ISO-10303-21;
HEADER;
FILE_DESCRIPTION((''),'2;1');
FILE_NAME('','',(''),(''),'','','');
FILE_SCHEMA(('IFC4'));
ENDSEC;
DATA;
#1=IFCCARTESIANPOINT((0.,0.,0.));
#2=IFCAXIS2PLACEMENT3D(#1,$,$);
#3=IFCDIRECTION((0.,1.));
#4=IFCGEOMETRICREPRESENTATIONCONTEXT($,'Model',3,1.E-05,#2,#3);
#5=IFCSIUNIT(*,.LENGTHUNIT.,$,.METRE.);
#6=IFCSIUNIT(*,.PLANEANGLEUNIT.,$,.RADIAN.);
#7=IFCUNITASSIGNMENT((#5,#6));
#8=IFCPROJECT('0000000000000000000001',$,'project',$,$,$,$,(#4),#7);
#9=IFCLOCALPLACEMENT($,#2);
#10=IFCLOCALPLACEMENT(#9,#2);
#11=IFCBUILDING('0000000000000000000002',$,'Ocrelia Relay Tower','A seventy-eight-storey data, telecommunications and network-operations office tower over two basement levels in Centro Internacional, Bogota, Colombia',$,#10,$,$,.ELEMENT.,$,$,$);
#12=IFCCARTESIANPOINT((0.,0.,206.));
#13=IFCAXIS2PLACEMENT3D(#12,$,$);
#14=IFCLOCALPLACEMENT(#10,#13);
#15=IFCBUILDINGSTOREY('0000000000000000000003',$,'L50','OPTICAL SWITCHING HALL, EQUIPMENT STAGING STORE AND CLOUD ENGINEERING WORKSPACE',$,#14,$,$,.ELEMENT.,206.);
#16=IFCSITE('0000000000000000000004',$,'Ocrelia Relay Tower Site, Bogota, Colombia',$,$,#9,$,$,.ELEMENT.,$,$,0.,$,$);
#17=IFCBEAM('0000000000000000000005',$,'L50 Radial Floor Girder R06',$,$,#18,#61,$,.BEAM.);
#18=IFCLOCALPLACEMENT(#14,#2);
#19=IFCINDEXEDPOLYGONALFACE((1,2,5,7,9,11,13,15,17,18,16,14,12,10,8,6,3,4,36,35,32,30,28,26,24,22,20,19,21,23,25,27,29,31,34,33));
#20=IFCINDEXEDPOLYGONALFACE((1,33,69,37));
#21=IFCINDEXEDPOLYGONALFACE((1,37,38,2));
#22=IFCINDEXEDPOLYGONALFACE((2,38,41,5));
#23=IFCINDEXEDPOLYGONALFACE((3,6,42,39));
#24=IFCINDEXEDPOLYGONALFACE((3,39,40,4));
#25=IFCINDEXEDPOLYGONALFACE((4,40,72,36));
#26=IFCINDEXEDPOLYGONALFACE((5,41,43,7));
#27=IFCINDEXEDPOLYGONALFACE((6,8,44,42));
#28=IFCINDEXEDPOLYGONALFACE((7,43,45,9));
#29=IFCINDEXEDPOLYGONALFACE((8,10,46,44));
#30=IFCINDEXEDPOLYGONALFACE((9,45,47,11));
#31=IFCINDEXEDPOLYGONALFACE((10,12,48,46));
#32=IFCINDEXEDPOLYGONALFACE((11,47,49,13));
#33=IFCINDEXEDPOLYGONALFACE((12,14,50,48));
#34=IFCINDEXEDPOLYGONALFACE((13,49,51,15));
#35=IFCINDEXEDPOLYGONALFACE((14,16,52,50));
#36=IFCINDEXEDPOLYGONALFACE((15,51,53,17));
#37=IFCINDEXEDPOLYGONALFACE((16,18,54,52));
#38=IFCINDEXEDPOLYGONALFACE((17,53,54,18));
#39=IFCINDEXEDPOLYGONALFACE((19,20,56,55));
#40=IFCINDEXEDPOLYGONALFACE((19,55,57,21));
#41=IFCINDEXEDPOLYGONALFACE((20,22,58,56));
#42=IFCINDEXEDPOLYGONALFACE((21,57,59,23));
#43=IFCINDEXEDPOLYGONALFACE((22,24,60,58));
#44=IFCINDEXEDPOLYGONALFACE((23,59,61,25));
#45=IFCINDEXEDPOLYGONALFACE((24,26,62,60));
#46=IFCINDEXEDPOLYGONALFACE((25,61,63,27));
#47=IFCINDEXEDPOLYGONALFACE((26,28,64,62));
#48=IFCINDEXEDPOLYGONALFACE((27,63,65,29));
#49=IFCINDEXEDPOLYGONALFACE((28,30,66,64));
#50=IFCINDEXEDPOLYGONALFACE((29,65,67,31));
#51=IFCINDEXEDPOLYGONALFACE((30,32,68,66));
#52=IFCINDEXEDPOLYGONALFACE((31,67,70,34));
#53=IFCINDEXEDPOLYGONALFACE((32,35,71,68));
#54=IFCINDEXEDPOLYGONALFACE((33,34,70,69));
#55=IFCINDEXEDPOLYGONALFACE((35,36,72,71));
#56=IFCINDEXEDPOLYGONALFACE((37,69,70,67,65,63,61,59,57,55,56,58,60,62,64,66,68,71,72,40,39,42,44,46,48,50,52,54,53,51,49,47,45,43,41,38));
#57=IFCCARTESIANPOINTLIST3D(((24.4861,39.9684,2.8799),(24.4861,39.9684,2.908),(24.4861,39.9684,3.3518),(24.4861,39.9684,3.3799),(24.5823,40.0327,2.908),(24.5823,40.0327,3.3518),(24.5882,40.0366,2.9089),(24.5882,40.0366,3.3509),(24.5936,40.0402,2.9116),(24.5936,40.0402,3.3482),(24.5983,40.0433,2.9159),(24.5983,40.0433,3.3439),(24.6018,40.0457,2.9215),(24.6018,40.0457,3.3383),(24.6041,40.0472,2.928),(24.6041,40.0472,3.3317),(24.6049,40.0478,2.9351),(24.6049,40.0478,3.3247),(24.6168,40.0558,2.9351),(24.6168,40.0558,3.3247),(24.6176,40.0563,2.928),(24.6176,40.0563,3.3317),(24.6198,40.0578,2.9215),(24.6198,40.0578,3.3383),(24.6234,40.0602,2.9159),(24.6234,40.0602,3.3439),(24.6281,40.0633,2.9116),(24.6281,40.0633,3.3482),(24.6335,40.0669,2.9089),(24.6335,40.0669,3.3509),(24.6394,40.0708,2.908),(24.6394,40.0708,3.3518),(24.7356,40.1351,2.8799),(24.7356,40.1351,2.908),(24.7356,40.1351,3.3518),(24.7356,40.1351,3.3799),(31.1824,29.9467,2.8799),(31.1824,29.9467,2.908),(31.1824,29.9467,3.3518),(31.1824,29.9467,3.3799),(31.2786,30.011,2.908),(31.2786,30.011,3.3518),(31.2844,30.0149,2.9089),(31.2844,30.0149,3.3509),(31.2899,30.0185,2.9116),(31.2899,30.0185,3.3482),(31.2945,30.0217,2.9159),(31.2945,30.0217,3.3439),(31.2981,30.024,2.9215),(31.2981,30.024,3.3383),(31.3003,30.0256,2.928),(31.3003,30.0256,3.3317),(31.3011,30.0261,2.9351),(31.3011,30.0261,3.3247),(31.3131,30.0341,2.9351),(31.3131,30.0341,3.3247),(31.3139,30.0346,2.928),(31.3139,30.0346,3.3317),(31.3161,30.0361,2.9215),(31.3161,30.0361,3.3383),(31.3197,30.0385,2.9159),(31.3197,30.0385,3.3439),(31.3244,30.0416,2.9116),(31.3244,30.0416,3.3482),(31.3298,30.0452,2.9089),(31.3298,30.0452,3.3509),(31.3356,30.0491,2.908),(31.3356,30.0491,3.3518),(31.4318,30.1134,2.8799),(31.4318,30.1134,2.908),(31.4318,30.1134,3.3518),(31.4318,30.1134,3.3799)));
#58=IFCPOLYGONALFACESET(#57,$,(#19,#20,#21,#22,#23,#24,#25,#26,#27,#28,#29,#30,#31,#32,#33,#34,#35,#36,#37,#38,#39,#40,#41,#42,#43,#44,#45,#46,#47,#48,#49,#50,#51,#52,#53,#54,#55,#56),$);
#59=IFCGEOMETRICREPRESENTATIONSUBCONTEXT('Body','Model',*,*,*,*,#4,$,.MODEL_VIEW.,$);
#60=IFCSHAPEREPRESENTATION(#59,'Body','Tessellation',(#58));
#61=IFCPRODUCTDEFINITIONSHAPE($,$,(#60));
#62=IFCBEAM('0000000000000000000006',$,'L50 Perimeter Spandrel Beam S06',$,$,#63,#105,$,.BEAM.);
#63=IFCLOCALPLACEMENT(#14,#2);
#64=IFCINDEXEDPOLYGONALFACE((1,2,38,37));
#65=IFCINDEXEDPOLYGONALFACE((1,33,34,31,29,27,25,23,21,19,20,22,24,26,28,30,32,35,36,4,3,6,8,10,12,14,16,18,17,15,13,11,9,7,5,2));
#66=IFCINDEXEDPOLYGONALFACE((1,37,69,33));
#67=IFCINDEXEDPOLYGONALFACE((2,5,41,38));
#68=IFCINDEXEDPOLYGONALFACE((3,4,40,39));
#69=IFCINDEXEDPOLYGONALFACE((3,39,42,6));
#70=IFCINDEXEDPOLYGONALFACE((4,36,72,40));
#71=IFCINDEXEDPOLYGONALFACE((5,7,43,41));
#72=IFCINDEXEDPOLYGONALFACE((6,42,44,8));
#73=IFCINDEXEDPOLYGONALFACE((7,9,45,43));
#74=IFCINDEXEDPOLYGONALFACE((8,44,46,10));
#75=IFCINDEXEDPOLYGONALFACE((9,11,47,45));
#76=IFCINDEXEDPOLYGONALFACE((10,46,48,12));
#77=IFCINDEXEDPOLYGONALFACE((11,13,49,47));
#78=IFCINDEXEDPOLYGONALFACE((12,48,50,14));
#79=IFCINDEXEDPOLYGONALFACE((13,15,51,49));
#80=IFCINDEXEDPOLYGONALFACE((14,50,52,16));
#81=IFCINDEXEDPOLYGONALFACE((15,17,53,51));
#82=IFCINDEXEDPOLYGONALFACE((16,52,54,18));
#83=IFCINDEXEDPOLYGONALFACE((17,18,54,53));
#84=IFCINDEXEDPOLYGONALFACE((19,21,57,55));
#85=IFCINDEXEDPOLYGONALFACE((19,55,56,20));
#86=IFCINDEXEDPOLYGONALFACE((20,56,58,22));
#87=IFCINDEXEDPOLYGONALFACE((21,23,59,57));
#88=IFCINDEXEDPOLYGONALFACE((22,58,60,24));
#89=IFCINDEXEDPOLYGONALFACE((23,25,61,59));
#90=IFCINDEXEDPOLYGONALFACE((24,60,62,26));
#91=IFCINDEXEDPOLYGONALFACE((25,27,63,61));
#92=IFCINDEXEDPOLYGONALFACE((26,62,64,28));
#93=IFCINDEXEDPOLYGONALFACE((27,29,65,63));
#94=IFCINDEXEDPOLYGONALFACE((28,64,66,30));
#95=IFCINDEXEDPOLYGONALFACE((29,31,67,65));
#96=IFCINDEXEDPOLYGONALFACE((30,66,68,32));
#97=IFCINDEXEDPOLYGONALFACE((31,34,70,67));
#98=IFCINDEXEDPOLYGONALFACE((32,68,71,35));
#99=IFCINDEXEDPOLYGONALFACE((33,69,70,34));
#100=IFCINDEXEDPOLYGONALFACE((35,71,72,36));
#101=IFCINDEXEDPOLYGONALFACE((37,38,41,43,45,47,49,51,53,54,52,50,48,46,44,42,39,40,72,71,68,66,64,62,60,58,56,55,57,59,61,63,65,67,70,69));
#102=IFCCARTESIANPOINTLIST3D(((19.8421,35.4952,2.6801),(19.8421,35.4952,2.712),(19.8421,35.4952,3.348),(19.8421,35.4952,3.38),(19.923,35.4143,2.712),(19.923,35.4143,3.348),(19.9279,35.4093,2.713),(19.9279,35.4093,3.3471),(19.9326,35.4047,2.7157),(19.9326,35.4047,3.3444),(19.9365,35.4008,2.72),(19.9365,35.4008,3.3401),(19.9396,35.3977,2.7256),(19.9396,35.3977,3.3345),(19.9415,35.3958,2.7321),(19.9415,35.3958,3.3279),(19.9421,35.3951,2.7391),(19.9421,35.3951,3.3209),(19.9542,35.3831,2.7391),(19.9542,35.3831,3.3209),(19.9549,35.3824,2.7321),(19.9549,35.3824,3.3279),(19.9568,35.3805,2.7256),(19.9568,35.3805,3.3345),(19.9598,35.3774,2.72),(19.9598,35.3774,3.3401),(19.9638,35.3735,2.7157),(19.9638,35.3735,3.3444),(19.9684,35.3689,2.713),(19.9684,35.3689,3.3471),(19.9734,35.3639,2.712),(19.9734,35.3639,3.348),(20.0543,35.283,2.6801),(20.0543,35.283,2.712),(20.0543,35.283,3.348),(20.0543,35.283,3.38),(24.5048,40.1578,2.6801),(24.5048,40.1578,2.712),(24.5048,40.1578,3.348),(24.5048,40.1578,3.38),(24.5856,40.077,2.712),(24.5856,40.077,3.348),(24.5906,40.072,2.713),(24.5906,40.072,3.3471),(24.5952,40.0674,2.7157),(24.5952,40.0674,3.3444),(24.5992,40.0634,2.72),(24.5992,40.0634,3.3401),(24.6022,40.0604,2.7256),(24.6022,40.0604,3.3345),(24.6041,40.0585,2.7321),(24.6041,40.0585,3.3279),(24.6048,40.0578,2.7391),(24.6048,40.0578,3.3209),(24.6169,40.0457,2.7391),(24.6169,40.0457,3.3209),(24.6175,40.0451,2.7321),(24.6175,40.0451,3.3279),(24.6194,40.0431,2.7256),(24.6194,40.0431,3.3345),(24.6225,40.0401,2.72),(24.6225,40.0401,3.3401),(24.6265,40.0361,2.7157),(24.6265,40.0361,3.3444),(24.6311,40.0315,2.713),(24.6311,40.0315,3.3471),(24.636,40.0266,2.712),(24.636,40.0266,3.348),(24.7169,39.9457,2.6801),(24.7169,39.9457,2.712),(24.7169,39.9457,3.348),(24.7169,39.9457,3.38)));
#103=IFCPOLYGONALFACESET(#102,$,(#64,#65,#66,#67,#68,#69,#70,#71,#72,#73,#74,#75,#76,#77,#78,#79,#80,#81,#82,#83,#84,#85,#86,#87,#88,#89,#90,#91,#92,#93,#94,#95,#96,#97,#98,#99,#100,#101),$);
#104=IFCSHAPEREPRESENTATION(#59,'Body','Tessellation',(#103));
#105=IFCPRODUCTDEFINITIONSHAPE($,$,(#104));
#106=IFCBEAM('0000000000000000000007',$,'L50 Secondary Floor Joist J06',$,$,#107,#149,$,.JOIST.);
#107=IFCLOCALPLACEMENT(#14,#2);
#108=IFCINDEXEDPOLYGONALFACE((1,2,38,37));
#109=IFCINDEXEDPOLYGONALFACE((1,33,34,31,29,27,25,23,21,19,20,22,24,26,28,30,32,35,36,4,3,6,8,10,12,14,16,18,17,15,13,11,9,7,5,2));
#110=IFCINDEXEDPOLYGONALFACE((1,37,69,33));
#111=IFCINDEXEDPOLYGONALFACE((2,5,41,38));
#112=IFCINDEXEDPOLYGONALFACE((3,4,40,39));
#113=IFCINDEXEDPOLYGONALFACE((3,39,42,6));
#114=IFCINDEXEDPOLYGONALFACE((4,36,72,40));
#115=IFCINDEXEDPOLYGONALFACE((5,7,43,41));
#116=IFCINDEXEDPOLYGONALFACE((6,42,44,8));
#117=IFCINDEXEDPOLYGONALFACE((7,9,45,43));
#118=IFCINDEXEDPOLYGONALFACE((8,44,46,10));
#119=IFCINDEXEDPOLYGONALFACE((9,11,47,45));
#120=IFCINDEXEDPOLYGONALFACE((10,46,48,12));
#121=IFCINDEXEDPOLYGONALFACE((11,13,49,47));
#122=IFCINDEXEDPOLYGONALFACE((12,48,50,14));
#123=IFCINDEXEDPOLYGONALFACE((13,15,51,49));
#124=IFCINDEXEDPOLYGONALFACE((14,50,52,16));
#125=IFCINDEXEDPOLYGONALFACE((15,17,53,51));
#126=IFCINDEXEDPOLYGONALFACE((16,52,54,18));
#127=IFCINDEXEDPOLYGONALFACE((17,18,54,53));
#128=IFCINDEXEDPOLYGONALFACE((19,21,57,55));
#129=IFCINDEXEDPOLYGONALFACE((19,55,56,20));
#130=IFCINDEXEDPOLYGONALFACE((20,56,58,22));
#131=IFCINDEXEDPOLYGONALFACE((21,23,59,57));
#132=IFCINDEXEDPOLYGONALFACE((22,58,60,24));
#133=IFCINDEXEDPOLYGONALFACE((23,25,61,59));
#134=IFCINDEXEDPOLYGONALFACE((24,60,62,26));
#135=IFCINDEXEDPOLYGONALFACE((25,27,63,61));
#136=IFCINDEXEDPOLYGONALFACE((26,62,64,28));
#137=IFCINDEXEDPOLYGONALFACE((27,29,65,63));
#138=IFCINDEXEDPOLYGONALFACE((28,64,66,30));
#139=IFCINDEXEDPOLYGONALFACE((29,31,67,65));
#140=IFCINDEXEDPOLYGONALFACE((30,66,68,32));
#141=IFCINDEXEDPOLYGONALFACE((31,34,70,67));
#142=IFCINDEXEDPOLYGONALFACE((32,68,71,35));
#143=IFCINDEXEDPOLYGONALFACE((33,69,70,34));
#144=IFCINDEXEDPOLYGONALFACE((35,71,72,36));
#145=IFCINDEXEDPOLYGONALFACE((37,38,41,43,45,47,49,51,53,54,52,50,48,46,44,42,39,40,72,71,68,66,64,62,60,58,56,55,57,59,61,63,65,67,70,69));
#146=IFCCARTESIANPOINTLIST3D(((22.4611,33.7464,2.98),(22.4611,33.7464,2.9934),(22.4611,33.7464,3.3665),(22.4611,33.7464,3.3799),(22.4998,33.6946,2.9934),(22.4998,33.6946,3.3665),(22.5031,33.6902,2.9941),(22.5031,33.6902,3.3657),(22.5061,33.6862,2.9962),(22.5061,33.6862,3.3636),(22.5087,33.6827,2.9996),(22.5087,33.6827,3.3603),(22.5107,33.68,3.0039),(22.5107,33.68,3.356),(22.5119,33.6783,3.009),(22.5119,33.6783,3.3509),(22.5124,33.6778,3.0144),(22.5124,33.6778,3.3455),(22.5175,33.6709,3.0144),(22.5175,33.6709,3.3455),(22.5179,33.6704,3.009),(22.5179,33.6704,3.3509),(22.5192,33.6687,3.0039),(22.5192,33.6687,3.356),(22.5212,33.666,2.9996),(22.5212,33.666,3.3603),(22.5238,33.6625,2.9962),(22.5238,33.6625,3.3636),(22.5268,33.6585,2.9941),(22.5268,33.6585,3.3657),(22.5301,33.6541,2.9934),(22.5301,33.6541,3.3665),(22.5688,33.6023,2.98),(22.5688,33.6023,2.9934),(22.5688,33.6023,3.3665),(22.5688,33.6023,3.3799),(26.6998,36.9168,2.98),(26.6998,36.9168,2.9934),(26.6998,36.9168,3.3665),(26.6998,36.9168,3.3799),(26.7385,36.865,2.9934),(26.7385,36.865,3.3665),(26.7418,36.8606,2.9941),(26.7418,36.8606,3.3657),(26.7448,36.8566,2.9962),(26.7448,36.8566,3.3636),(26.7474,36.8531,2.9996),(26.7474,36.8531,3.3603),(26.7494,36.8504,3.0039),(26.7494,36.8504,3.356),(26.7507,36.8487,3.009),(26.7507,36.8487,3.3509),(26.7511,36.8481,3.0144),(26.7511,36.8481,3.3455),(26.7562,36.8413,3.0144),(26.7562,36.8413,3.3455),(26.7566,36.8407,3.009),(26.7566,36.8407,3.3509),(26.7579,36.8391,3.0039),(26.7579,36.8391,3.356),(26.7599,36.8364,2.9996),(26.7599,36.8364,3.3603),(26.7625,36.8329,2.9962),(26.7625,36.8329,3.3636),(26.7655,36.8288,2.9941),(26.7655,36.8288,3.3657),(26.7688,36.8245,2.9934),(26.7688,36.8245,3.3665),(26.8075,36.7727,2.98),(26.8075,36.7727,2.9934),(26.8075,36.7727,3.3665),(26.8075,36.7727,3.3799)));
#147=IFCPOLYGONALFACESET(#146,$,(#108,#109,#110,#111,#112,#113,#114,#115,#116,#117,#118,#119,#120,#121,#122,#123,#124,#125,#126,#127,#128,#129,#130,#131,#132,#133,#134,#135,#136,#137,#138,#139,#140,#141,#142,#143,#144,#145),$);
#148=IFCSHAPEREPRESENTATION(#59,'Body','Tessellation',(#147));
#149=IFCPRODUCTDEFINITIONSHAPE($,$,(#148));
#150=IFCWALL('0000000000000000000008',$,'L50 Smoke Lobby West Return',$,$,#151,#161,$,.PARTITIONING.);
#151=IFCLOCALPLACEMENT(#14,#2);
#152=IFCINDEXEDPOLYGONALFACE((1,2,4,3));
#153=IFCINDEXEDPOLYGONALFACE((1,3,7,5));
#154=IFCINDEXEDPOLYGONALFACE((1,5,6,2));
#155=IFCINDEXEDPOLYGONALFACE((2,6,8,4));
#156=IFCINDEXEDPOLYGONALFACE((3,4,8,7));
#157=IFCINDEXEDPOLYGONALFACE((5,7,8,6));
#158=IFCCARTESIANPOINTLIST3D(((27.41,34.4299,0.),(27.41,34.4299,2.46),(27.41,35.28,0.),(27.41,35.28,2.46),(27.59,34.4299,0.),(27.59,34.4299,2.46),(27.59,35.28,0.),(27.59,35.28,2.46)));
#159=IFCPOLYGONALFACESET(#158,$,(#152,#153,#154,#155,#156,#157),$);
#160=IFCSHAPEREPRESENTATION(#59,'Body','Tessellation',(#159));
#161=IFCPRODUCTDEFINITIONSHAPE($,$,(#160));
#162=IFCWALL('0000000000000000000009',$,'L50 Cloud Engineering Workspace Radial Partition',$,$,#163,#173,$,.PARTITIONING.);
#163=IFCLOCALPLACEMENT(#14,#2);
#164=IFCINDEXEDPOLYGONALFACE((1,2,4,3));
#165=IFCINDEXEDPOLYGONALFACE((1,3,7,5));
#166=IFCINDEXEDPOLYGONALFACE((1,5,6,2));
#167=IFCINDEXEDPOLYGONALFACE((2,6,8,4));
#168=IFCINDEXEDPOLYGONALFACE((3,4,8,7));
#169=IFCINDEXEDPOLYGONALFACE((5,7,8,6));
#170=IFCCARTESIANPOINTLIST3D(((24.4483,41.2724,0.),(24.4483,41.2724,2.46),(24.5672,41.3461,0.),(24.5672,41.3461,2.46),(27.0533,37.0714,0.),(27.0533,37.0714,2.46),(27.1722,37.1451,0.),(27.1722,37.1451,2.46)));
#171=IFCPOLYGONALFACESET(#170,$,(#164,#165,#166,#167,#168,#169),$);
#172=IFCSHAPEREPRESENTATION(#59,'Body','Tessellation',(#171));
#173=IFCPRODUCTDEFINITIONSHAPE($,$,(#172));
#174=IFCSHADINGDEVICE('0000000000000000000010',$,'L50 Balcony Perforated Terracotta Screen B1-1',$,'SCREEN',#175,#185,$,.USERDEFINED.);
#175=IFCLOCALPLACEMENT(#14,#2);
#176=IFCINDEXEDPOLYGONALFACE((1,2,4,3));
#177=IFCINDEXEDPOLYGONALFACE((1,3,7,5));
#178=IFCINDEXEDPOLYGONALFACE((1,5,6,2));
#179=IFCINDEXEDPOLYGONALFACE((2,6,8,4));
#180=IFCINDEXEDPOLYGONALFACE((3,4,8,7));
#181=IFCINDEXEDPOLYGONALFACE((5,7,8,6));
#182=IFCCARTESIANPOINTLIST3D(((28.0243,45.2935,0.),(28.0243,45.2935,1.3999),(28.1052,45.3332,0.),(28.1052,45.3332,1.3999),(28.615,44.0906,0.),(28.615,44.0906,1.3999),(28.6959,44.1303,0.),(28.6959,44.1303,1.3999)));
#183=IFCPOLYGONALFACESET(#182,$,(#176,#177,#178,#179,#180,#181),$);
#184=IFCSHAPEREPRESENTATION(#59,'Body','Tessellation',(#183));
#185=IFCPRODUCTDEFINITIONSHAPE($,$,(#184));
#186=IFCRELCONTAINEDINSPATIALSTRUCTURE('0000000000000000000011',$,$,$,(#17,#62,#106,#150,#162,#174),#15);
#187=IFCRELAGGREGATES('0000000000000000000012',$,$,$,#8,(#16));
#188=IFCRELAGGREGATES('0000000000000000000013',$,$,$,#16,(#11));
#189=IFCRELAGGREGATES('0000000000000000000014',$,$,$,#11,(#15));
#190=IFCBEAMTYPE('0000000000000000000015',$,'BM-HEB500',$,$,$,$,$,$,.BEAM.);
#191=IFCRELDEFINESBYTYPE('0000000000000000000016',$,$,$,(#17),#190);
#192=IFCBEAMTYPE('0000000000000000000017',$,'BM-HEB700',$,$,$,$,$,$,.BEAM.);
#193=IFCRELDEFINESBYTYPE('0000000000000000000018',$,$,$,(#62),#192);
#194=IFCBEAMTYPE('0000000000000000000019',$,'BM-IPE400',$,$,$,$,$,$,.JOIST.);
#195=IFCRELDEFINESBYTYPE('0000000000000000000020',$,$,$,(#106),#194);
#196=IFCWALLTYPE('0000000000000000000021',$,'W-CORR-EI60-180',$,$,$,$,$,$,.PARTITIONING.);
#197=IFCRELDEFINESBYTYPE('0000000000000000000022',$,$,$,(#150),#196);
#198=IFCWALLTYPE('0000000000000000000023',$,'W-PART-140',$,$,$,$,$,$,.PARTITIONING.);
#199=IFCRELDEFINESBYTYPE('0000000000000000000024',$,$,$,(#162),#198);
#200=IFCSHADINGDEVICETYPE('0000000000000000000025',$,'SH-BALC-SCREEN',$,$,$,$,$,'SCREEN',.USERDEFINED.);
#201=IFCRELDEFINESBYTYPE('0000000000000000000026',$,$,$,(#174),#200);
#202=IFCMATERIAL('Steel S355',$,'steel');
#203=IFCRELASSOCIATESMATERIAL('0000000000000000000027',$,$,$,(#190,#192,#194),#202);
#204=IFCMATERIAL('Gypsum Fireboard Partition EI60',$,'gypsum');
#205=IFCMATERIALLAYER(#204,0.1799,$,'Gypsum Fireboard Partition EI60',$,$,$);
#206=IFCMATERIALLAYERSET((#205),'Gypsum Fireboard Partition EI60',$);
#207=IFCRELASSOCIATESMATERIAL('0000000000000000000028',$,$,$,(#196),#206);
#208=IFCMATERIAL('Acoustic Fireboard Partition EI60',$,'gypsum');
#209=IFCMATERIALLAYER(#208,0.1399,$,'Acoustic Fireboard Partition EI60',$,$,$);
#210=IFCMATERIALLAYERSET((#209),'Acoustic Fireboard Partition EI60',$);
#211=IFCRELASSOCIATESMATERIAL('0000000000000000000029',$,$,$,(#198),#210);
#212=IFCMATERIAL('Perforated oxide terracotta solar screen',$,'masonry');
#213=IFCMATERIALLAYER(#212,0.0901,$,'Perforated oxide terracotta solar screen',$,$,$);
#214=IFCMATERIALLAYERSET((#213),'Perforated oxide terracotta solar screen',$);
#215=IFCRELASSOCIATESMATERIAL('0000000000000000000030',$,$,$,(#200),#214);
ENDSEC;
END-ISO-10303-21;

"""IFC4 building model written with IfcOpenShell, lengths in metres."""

from ifc_helpers import new_model, si_unit, direction, frame, frame_2d, origin, origin_2d, place, context, subcontext, project, spatial, rectangle, i_section, extrude, material, layer, layer_set, material_profile, profile_set, type_object, element, save


model = new_model("IFC4")

# Units and contexts
model_context = context("Model", 3, precision=1e-05, world=origin(), true_north=direction((0.0, 1.0)))
body_context = subcontext(model_context, "Body", "Model", "MODEL_VIEW")
ifc_project = project(units=[si_unit("LENGTHUNIT", "METRE"), si_unit("PLANEANGLEUNIT", "RADIAN")], contexts=[model_context])

# Site, building, storey
site_placement = place(None, origin())
site = spatial("IfcSite", under=ifc_project, at=site_placement, Name="Ocrelia Relay Tower Site, Bogota, Colombia", CompositionType="ELEMENT", RefElevation=0.0)
building_placement = place(site_placement, origin())
building = spatial("IfcBuilding", under=site, at=building_placement, Name="Ocrelia Relay Tower", Description="A seventy-eight-storey data, telecommunications and network-operations office tower over two basement levels in Centro Internacional, Bogota, Colombia", CompositionType="ELEMENT")
storey_placement = place(building_placement, frame((0.0, 0.0, 206.0)))
storey = spatial("IfcBuildingStorey", under=building, at=storey_placement, Name="L50", Description="OPTICAL SWITCHING HALL, EQUIPMENT STAGING STORE AND CLOUD ENGINEERING WORKSPACE", CompositionType="ELEMENT", Elevation=206.0)

# Beams
ifc_material_1 = material(Name="Steel S355", Category="steel")
ifc_material_profile_1 = material_profile(ifc_material_1, i_section(OverallWidth=0.3, OverallDepth=0.5, WebThickness=0.0144, FlangeThickness=0.0281, FilletRadius=0.0271, at=origin_2d()), Name="HEB 500")
ifc_profile_set_1 = profile_set([ifc_material_profile_1], Name="Steel S355")
beam_type_1 = type_object("IfcBeamType", Name="BM-HEB500", PredefinedType="BEAM", material=ifc_profile_set_1)
beam_1_placement = place(storey_placement, frame((24.6108, 40.0518, 3.1299), z_axis=(0.555569, -0.83147, 0.0), x_axis=(0.83147, 0.555569, 0.0)))
element("IfcBeam", 1, at=beam_1_placement, inside=storey, type_object=beam_type_1, Name="L50 Radial Floor Girder R06", PredefinedType="BEAM", context=body_context, shape_type="SweptSolid", body=[
    extrude(i_section(OverallWidth=0.3, OverallDepth=0.5, WebThickness=0.0144, FlangeThickness=0.0281, FilletRadius=0.0271, at=origin_2d()), origin(), (0.0, 0.0, 1.0), 12.053),
])
ifc_material_profile_2 = material_profile(ifc_material_1, i_section(OverallWidth=0.3, OverallDepth=0.7, WebThickness=0.0171, FlangeThickness=0.032, FilletRadius=0.0271, at=origin_2d()), Name="HEB 700")
ifc_profile_set_2 = profile_set([ifc_material_profile_2], Name="Steel S355")
beam_type_2 = type_object("IfcBeamType", Name="BM-HEB700", PredefinedType="BEAM", material=ifc_profile_set_2)
beam_2_placement = place(storey_placement, frame((24.6108, 40.0518, 3.03), z_axis=(-0.707107, -0.707107, 0.0), x_axis=(0.707107, -0.707107, 0.0)))
element("IfcBeam", 2, at=beam_2_placement, inside=storey, type_object=beam_type_2, Name="L50 Perimeter Spandrel Beam S06", PredefinedType="BEAM", context=body_context, shape_type="SweptSolid", body=[
    extrude(i_section(OverallWidth=0.3, OverallDepth=0.7, WebThickness=0.0171, FlangeThickness=0.032, FilletRadius=0.0271, at=origin_2d()), origin(), (0.0, 0.0, 1.0), 6.594),
])
ifc_material_profile_3 = material_profile(ifc_material_1, i_section(OverallWidth=0.1799, OverallDepth=0.3999, WebThickness=0.0085, FlangeThickness=0.0134, FilletRadius=0.021, at=origin_2d()), Name="IPE 400")
ifc_profile_set_3 = profile_set([ifc_material_profile_3], Name="Steel S355")
beam_type_3 = type_object("IfcBeamType", Name="BM-IPE400", PredefinedType="JOIST", material=ifc_profile_set_3)
beam_3_placement = place(storey_placement, frame((26.7537, 36.8447, 3.1799), z_axis=(-0.800785, -0.598952, 0.0), x_axis=(0.598952, -0.800785, 0.0)))
element("IfcBeam", 3, at=beam_3_placement, inside=storey, type_object=beam_type_3, Name="L50 Secondary Floor Joist J06", PredefinedType="JOIST", context=body_context, shape_type="SweptSolid", body=[
    extrude(i_section(OverallWidth=0.1799, OverallDepth=0.3999, WebThickness=0.0085, FlangeThickness=0.0134, FilletRadius=0.021, at=origin_2d()), origin(), (0.0, 0.0, 1.0), 5.2932),
])

# Wall
ifc_material_2 = material(Name="Gypsum Fireboard Partition EI60", Category="gypsum")
ifc_layer_1 = layer(ifc_material_2, 0.1799, Name="Gypsum Fireboard Partition EI60")
ifc_layer_set_1 = layer_set([ifc_layer_1], Name="Gypsum Fireboard Partition EI60")
wall_type_1 = type_object("IfcWallType", Name="W-CORR-EI60-180", PredefinedType="PARTITIONING", material=ifc_layer_set_1)
wall_1_placement = place(storey_placement, frame((27.5, 34.4299, 0.0), z_axis=(0.0, 0.0, 1.0), x_axis=(0.0, 1.0, 0.0)))
element("IfcWall", 4, at=wall_1_placement, inside=storey, type_object=wall_type_1, Name="L50 Smoke Lobby West Return", PredefinedType="PARTITIONING", context=body_context, shape_type="SweptSolid", body=[
    extrude(rectangle(XDim=0.8501, YDim=0.1799, at=frame_2d((0.425, 0.0))), origin(), (0.0, 0.0, 1.0), 2.46),
])

# Wall
ifc_material_3 = material(Name="Acoustic Fireboard Partition EI60", Category="gypsum")
ifc_layer_2 = layer(ifc_material_3, 0.1399, Name="Acoustic Fireboard Partition EI60")
ifc_layer_set_2 = layer_set([ifc_layer_2], Name="Acoustic Fireboard Partition EI60")
wall_type_2 = type_object("IfcWallType", Name="W-PART-140", PredefinedType="PARTITIONING", material=ifc_layer_set_2)
wall_2_placement = place(storey_placement, frame((27.1128, 37.1082, 0.0), z_axis=(0.0, 0.0, 1.0), x_axis=(-0.526999, 0.849866, 0.0)))
element("IfcWall", 5, at=wall_2_placement, inside=storey, type_object=wall_type_2, Name="L50 Cloud Engineering Workspace Radial Partition", PredefinedType="PARTITIONING", context=body_context, shape_type="SweptSolid", body=[
    extrude(rectangle(XDim=4.9431, YDim=0.1399, at=frame_2d((2.4717, 0.0))), origin(), (0.0, 0.0, 1.0), 2.46),
])

# Shading device
ifc_material_4 = material(Name="Perforated oxide terracotta solar screen", Category="masonry")
ifc_layer_3 = layer(ifc_material_4, 0.0901, Name="Perforated oxide terracotta solar screen")
ifc_layer_set_3 = layer_set([ifc_layer_3], Name="Perforated oxide terracotta solar screen")
shading_device_type_1 = type_object("IfcShadingDeviceType", Name="SH-BALC-SCREEN", ElementType="SCREEN", PredefinedType="USERDEFINED", material=ifc_layer_set_3)
shading_device_1_placement = place(storey_placement, frame((28.3601, 44.7119, 0.0), z_axis=(0.0, 0.0, 1.0), x_axis=(-0.440772, 0.897619, 0.0)))
element("IfcShadingDevice", 6, at=shading_device_1_placement, inside=storey, type_object=shading_device_type_1, Name="L50 Balcony Perforated Terracotta Screen B1-1", ObjectType="SCREEN", PredefinedType="USERDEFINED", context=body_context, shape_type="SweptSolid", body=[
    extrude(rectangle(XDim=1.3401, YDim=0.0901, at=origin_2d()), origin(), (0.0, 0.0, 1.0), 1.3999),
])

save(model, "model.ifc")
